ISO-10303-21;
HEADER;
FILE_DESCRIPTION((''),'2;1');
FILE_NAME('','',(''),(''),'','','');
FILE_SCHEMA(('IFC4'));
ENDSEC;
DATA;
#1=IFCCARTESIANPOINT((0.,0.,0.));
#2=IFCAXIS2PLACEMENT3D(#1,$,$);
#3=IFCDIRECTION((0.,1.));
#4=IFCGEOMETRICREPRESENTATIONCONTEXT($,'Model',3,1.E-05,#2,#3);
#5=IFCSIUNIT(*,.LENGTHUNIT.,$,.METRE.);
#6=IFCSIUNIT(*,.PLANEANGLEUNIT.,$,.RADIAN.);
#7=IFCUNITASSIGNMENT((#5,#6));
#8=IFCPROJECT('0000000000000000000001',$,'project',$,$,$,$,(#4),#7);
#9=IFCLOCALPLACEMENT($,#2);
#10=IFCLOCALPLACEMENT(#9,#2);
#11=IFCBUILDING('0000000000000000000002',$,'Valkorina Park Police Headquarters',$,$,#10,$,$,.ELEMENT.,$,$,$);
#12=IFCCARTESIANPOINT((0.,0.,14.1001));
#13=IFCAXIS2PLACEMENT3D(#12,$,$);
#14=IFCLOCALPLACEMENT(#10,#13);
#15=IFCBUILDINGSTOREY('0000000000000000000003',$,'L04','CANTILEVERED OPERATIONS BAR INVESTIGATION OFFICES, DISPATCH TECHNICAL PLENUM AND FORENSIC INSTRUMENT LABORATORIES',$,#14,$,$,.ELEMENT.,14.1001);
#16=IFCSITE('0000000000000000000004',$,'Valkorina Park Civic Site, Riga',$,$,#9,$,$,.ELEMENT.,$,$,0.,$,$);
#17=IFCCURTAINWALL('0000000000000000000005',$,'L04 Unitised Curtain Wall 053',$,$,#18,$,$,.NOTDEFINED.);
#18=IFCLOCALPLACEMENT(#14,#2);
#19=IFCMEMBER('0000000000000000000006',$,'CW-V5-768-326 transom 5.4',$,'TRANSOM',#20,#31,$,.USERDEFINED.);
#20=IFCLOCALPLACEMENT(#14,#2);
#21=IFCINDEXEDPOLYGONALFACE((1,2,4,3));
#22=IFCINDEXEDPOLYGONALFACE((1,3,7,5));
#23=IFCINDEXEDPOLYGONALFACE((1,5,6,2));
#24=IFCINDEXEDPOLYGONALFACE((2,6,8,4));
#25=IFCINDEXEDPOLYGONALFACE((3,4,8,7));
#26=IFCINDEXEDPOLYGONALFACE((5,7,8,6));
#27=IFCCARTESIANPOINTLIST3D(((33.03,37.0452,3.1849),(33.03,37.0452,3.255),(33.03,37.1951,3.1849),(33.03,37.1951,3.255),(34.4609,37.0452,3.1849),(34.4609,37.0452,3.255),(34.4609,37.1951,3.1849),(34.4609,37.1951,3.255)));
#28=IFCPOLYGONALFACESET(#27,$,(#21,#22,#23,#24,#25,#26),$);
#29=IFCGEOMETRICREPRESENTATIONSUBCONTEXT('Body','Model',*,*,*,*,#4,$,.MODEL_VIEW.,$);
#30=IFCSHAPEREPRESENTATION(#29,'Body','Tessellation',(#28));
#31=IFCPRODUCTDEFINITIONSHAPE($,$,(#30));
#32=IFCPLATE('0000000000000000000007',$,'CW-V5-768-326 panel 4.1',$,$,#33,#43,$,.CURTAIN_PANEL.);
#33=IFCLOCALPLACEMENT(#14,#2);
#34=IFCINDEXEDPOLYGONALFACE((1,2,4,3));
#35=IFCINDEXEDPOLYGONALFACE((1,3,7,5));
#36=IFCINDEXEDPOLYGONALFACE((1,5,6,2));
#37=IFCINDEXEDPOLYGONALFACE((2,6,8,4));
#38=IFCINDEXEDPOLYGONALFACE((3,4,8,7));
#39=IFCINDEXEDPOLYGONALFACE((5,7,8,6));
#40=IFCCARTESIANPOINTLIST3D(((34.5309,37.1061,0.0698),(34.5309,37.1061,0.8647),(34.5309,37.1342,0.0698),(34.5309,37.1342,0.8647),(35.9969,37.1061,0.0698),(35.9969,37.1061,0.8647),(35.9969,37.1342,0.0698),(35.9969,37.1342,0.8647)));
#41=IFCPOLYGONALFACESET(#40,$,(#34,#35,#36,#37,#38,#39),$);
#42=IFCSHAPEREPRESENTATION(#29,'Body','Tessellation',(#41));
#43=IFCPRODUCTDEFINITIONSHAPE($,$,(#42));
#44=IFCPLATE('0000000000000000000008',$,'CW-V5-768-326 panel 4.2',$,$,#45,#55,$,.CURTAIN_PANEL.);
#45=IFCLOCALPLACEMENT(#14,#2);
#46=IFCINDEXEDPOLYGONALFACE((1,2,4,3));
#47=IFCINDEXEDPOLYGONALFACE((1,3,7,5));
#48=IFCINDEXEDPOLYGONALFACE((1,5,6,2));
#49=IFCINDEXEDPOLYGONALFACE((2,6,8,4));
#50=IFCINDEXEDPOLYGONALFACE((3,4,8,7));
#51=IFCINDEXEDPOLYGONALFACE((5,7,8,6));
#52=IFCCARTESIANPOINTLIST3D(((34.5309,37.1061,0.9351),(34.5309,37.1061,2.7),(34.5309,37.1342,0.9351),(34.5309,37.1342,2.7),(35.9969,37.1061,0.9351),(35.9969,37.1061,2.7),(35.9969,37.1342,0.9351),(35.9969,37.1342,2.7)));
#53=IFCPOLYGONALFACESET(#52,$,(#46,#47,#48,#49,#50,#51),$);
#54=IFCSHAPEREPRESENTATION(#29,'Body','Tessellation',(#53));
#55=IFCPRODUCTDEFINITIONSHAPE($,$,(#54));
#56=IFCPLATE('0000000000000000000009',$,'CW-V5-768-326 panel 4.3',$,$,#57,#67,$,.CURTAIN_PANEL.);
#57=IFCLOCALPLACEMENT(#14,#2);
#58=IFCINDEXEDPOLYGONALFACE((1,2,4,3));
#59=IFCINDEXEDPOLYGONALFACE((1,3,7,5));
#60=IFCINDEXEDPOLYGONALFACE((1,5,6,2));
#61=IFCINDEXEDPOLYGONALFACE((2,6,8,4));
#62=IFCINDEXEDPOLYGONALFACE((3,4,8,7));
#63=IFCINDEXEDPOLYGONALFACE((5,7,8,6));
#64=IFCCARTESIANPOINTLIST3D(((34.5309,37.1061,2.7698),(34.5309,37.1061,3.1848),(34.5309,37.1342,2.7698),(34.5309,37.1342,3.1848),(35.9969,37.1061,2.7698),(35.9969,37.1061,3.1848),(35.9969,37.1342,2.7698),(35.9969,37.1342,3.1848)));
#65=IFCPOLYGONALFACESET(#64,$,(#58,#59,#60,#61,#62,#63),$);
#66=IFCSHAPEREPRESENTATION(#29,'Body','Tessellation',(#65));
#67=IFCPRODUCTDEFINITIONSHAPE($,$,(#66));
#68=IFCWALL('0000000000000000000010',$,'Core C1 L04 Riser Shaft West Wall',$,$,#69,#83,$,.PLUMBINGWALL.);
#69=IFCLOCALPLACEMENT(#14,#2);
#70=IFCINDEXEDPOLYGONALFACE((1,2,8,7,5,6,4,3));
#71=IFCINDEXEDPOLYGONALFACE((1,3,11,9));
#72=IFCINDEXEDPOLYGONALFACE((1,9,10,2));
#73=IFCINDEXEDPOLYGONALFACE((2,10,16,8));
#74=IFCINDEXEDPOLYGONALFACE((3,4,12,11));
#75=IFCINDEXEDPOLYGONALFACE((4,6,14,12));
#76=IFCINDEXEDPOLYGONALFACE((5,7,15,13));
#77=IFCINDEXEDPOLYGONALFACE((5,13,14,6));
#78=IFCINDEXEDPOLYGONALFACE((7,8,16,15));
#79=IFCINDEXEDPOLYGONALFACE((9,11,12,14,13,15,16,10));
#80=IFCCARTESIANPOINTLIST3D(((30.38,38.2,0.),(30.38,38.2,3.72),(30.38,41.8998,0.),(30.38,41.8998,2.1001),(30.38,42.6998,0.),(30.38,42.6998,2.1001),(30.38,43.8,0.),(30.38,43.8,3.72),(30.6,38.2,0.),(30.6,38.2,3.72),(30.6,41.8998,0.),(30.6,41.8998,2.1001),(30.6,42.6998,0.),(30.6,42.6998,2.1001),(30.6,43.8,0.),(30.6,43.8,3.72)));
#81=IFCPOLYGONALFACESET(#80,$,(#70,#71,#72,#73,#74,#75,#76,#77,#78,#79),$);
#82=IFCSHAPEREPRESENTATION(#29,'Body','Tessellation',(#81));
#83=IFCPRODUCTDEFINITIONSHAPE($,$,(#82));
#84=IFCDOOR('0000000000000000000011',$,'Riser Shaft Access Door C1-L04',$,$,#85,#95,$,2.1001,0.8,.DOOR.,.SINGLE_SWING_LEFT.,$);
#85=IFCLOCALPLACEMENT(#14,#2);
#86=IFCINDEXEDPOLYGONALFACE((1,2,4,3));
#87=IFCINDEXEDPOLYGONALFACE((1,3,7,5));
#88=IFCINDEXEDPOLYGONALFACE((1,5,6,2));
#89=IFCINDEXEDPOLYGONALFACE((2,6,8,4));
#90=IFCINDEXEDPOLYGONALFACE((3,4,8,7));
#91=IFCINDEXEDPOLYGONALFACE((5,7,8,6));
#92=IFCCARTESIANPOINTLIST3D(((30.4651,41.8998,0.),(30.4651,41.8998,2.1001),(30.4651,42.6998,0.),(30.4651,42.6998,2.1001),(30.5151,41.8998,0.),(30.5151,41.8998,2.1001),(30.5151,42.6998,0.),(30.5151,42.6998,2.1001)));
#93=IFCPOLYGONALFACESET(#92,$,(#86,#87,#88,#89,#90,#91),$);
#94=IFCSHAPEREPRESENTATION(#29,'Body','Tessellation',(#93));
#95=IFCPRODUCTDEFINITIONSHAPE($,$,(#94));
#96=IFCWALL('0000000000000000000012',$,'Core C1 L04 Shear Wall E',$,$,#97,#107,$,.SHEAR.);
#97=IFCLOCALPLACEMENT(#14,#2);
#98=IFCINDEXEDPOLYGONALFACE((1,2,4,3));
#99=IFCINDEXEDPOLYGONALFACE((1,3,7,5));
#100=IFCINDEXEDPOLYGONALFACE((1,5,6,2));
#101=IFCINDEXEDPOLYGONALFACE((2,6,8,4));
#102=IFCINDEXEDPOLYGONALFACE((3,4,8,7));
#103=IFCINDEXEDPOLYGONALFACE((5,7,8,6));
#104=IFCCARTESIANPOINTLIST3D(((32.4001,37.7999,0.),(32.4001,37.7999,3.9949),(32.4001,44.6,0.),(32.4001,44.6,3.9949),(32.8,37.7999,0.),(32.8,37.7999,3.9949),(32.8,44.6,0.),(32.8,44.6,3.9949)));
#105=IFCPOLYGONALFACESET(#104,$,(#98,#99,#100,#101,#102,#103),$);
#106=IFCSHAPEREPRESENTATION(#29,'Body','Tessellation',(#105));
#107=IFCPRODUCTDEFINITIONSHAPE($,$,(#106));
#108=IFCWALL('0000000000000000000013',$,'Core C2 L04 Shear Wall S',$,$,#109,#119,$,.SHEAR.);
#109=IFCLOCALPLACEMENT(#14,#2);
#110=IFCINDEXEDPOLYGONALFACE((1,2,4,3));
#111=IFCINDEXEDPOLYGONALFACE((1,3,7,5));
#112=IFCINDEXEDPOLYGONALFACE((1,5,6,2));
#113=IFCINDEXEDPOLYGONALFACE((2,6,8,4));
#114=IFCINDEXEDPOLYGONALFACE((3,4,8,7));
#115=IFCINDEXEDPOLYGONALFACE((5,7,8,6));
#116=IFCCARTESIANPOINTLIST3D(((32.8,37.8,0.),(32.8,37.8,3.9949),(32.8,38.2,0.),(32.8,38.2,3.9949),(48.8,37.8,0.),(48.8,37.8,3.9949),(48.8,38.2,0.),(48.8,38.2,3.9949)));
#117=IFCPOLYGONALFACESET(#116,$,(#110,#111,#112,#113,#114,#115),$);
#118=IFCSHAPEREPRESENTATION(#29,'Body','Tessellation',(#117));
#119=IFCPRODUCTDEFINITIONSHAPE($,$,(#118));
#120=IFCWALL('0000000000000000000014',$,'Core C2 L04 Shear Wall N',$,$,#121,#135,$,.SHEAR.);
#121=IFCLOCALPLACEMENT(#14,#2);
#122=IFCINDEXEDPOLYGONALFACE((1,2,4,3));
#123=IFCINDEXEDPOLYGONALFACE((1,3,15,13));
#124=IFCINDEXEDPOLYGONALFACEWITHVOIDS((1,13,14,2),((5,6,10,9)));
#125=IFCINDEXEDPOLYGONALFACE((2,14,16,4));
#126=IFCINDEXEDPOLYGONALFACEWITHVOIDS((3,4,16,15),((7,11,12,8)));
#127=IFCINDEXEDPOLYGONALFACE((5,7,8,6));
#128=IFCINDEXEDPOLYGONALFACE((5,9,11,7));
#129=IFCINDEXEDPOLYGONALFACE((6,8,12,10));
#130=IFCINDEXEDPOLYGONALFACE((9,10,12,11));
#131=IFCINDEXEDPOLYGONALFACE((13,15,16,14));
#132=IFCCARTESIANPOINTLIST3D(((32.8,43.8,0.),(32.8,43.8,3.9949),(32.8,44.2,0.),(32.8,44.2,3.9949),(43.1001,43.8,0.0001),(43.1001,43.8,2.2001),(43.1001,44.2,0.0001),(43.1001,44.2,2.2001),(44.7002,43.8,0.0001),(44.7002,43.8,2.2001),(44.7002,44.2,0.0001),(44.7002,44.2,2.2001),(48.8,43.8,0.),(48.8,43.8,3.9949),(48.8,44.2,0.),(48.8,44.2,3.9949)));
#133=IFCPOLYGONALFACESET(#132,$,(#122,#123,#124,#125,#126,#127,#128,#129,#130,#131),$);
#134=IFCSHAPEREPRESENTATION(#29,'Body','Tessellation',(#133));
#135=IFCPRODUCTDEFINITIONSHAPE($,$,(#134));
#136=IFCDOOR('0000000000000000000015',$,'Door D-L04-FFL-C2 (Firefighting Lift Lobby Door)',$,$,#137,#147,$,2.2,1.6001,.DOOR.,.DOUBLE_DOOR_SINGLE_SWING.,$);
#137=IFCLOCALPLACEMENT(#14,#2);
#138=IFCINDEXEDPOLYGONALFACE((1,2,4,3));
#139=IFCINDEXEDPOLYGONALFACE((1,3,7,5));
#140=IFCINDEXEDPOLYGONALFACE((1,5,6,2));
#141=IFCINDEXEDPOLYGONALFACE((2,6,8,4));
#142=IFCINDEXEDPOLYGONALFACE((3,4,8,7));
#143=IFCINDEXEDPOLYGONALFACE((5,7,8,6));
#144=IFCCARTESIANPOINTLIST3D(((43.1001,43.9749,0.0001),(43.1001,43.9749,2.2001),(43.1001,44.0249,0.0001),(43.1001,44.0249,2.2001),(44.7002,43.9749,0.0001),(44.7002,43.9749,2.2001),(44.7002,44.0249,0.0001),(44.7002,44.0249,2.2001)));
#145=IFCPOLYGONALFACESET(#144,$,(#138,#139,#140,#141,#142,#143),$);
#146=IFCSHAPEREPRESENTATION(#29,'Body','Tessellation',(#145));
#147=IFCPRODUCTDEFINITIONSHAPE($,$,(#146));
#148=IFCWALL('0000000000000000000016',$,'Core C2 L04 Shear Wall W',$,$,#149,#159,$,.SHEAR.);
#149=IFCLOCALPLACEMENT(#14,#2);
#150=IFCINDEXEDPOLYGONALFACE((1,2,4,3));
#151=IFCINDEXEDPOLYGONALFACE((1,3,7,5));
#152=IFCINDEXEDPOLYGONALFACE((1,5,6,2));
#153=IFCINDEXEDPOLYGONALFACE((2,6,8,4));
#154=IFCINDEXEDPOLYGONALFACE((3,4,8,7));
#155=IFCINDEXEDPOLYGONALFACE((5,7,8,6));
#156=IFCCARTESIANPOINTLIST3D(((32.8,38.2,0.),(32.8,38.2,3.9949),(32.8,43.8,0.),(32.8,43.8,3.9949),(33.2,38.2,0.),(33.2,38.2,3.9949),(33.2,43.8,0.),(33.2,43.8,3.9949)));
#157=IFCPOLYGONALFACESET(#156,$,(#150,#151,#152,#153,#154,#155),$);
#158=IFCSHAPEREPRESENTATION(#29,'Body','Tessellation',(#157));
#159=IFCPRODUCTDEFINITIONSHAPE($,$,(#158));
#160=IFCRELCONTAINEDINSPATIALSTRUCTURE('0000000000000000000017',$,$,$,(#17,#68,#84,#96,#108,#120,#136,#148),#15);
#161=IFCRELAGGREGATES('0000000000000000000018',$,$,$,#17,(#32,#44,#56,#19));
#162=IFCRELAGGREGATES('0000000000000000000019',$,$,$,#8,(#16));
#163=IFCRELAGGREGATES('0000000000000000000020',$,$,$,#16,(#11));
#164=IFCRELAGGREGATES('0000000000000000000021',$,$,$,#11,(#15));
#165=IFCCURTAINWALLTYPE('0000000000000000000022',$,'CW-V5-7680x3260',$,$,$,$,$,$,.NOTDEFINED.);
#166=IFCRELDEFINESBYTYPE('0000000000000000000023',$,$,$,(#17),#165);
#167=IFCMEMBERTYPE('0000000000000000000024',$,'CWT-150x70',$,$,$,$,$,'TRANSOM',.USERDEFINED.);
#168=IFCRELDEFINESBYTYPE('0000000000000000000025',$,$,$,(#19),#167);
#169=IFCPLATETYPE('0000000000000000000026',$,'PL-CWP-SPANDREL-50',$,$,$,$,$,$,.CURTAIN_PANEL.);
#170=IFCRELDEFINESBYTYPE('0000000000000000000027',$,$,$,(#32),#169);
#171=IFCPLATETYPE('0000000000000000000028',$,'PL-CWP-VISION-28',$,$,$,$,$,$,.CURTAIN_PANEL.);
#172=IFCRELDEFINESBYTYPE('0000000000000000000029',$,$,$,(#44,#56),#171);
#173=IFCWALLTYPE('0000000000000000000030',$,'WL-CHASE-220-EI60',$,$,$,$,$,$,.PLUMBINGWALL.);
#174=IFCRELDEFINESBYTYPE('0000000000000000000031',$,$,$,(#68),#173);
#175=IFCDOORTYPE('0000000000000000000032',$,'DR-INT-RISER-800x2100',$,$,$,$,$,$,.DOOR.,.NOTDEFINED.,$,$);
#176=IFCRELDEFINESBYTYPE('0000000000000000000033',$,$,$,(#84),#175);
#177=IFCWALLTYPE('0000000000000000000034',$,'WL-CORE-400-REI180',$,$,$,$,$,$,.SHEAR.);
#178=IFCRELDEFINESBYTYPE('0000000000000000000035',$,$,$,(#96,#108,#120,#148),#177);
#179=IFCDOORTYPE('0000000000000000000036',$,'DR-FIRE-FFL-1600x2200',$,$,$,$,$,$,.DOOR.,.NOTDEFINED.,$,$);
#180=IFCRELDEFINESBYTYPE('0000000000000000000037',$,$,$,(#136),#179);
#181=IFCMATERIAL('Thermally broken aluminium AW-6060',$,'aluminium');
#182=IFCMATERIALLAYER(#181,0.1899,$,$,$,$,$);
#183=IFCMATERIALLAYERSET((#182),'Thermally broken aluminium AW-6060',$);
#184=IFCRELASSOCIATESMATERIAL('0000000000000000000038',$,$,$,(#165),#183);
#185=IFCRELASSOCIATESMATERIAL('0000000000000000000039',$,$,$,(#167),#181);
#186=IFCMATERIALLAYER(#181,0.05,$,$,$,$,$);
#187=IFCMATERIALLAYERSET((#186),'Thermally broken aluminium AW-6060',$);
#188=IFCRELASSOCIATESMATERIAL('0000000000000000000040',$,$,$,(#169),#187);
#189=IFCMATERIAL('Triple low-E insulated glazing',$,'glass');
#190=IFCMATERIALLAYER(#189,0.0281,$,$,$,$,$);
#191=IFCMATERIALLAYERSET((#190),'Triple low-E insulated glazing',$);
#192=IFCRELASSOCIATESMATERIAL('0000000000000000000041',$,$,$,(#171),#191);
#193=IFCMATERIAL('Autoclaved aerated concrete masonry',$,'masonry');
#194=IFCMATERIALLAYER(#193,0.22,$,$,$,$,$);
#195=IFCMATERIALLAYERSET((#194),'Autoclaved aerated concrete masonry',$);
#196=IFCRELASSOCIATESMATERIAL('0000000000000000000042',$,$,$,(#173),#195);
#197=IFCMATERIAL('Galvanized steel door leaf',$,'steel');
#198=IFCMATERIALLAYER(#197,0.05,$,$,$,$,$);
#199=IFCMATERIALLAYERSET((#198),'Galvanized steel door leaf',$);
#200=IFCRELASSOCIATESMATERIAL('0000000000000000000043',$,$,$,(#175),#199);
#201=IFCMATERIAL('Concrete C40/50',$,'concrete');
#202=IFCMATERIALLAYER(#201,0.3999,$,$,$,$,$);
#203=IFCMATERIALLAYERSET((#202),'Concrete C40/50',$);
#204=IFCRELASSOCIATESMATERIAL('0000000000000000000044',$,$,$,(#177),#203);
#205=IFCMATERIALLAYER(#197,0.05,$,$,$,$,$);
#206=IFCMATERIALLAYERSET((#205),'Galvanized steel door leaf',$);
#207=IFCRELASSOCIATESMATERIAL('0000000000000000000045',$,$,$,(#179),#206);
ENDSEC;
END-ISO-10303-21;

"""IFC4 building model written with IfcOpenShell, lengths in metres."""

from ifc_helpers import new_model, si_unit, direction, frame, frame_2d, origin, origin_2d, place, context, subcontext, project, spatial, rectangle, extrude, material, layer, layer_set, material_profile, profile_set, type_object, element, fill, aggregate, save


model = new_model("IFC4")

# Units and contexts
model_context = context("Model", 3, precision=1e-05, world=origin(), true_north=direction((0.0, 1.0)))
body_context = subcontext(model_context, "Body", "Model", "MODEL_VIEW")
ifc_project = project(units=[si_unit("LENGTHUNIT", "METRE"), si_unit("PLANEANGLEUNIT", "RADIAN")], contexts=[model_context])

# Site, building, storey
site_placement = place(None, origin())
site = spatial("IfcSite", under=ifc_project, at=site_placement, Name="Valkorina Park Civic Site, Riga", CompositionType="ELEMENT", RefElevation=0.0)
building_placement = place(site_placement, origin())
building = spatial("IfcBuilding", under=site, at=building_placement, Name="Valkorina Park Police Headquarters", CompositionType="ELEMENT")
storey_placement = place(building_placement, frame((0.0, 0.0, 14.1001)))
storey = spatial("IfcBuildingStorey", under=building, at=storey_placement, Name="L04", Description="CANTILEVERED OPERATIONS BAR INVESTIGATION OFFICES, DISPATCH TECHNICAL PLENUM AND FORENSIC INSTRUMENT LABORATORIES", CompositionType="ELEMENT", Elevation=14.1001)

# Curtain wall, member, plates
ifc_material_1 = material(Name="Thermally broken aluminium AW-6060", Category="aluminium")
ifc_layer_1 = layer(ifc_material_1, 0.1899)
ifc_layer_set_1 = layer_set([ifc_layer_1], Name="Thermally broken aluminium AW-6060")
curtain_wall_type = type_object("IfcCurtainWallType", Name="CW-V5-7680x3260", PredefinedType="NOTDEFINED", material=ifc_layer_set_1)
curtain_wall_placement = place(storey_placement, origin())
curtain_wall = element("IfcCurtainWall", 1, at=curtain_wall_placement, inside=storey, type_object=curtain_wall_type, Name="L04 Unitised Curtain Wall 053", PredefinedType="NOTDEFINED")
ifc_material_profile_1 = material_profile(ifc_material_1, rectangle(XDim=0.1499, YDim=0.0701, at=origin_2d()), Name="CWT-02 150x70")
ifc_profile_set_1 = profile_set([ifc_material_profile_1], Name="Thermally broken aluminium AW-6060")
member_type_1 = type_object("IfcMemberType", Name="CWT-150x70", ElementType="TRANSOM", PredefinedType="USERDEFINED", material=ifc_profile_set_1)
member_1_placement = place(storey_placement, frame((34.4609, 37.1201, 3.22), z_axis=(-1.0, 0.0, 0.0), x_axis=(0.0, -1.0, 0.0)))
member_1 = element("IfcMember", 2, at=member_1_placement, type_object=member_type_1, Name="CW-V5-768-326 transom 5.4", ObjectType="TRANSOM", PredefinedType="USERDEFINED", context=body_context, shape_type="SweptSolid", body=[
    extrude(rectangle(XDim=0.1499, YDim=0.0701, at=origin_2d()), origin(), (0.0, 0.0, 1.0), 1.4309),
])
ifc_layer_2 = layer(ifc_material_1, 0.05)
ifc_layer_set_2 = layer_set([ifc_layer_2], Name="Thermally broken aluminium AW-6060")
plate_type_1 = type_object("IfcPlateType", Name="PL-CWP-SPANDREL-50", PredefinedType="CURTAIN_PANEL", material=ifc_layer_set_2)
plate_1_placement = place(storey_placement, frame((35.2639, 37.1201, 0.0698), z_axis=(0.0, 0.0, 1.0), x_axis=(-1.0, 0.0, 0.0)))
plate_1 = element("IfcPlate", 3, at=plate_1_placement, type_object=plate_type_1, Name="CW-V5-768-326 panel 4.1", PredefinedType="CURTAIN_PANEL", context=body_context, shape_type="SweptSolid", body=[
    extrude(rectangle(XDim=1.4661, YDim=0.0281, at=origin_2d()), origin(), (0.0, 0.0, 1.0), 0.7949),
])
ifc_material_2 = material(Name="Triple low-E insulated glazing", Category="glass")
ifc_layer_3 = layer(ifc_material_2, 0.0281)
ifc_layer_set_3 = layer_set([ifc_layer_3], Name="Triple low-E insulated glazing")
plate_type_2 = type_object("IfcPlateType", Name="PL-CWP-VISION-28", PredefinedType="CURTAIN_PANEL", material=ifc_layer_set_3)
plate_2_placement = place(storey_placement, frame((35.2639, 37.1201, 0.9351), z_axis=(0.0, 0.0, 1.0), x_axis=(-1.0, 0.0, 0.0)))
plate_2 = element("IfcPlate", 4, at=plate_2_placement, type_object=plate_type_2, Name="CW-V5-768-326 panel 4.2", PredefinedType="CURTAIN_PANEL", context=body_context, shape_type="SweptSolid", body=[
    extrude(rectangle(XDim=1.4661, YDim=0.0281, at=origin_2d()), origin(), (0.0, 0.0, 1.0), 1.7649),
])
plate_3_placement = place(storey_placement, frame((35.2639, 37.1201, 2.7698), z_axis=(0.0, 0.0, 1.0), x_axis=(-1.0, 0.0, 0.0)))
plate_3 = element("IfcPlate", 5, at=plate_3_placement, type_object=plate_type_2, Name="CW-V5-768-326 panel 4.3", PredefinedType="CURTAIN_PANEL", context=body_context, shape_type="SweptSolid", body=[
    extrude(rectangle(XDim=1.4661, YDim=0.0281, at=origin_2d()), origin(), (0.0, 0.0, 1.0), 0.415),
])
aggregate(curtain_wall, [plate_1, plate_2, plate_3, member_1])

# Wall, opening, door
ifc_material_3 = material(Name="Autoclaved aerated concrete masonry", Category="masonry")
ifc_layer_4 = layer(ifc_material_3, 0.22)
ifc_layer_set_4 = layer_set([ifc_layer_4], Name="Autoclaved aerated concrete masonry")
wall_type_1 = type_object("IfcWallType", Name="WL-CHASE-220-EI60", PredefinedType="PLUMBINGWALL", material=ifc_layer_set_4)
wall_1_placement = place(storey_placement, frame((30.49, 38.2, 0.0), z_axis=(0.0, 0.0, 1.0), x_axis=(0.0, 1.0, 0.0)))
wall_1 = element("IfcWall", 6, at=wall_1_placement, inside=storey, type_object=wall_type_1, Name="Core C1 L04 Riser Shaft West Wall", PredefinedType="PLUMBINGWALL", context=body_context, shape_type="SweptSolid", body=[
    extrude(rectangle(XDim=5.6001, YDim=0.22, at=frame_2d((2.8, 0.0))), origin(), (0.0, 0.0, 1.0), 3.72),
])
opening_1_placement = place(wall_1_placement, frame((3.7, 0.0, 0.0)))
opening_1 = element("IfcOpeningElement", 7, at=opening_1_placement, cuts=wall_1, PredefinedType="OPENING", context=body_context, shape_type="SweptSolid", body=[
    extrude(rectangle(XDim=0.8, YDim=2.1001, at=frame_2d((0.3999, 1.05))), frame((0.0, 0.1201, 0.0), z_axis=(0.0, -1.0, 0.0), x_axis=(1.0, 0.0, 0.0)), (0.0, 0.0, 1.0), 0.24),
])
ifc_material_4 = material(Name="Galvanized steel door leaf", Category="steel")
ifc_layer_5 = layer(ifc_material_4, 0.05)
ifc_layer_set_5 = layer_set([ifc_layer_5], Name="Galvanized steel door leaf")
door_type_1 = type_object("IfcDoorType", Name="DR-INT-RISER-800x2100", OperationType="NOTDEFINED", PredefinedType="DOOR", material=ifc_layer_set_5)
door_1_placement = place(opening_1_placement, origin())
door_1 = element("IfcDoor", 8, at=door_1_placement, inside=storey, type_object=door_type_1, Name="Riser Shaft Access Door C1-L04", OperationType="SINGLE_SWING_LEFT", OverallHeight=2.1001, OverallWidth=0.8, PredefinedType="DOOR", context=body_context, shape_type="SweptSolid", body=[
    extrude(rectangle(XDim=0.8, YDim=2.1001, at=frame_2d((0.3999, 1.05))), frame((0.0, 0.0249, 0.0), z_axis=(0.0, -1.0, 0.0), x_axis=(1.0, 0.0, 0.0)), (0.0, 0.0, 1.0), 0.05),
])
fill(opening_1, door_1)

# Walls
ifc_material_5 = material(Name="Concrete C40/50", Category="concrete")
ifc_layer_6 = layer(ifc_material_5, 0.3999)
ifc_layer_set_6 = layer_set([ifc_layer_6], Name="Concrete C40/50")
wall_type_2 = type_object("IfcWallType", Name="WL-CORE-400-REI180", PredefinedType="SHEAR", material=ifc_layer_set_6)
wall_2_placement = place(storey_placement, frame((32.6001, 37.8, 0.0), z_axis=(0.0, 0.0, 1.0), x_axis=(0.0, 1.0, 0.0)))
element("IfcWall", 9, at=wall_2_placement, inside=storey, type_object=wall_type_2, Name="Core C1 L04 Shear Wall E", PredefinedType="SHEAR", context=body_context, shape_type="SweptSolid", body=[
    extrude(rectangle(XDim=6.8, YDim=0.3999, at=frame_2d((3.3999, 0.0))), origin(), (0.0, 0.0, 1.0), 3.9949),
])
wall_3_placement = place(storey_placement, frame((32.8, 38.0, 0.0), z_axis=(0.0, 0.0, 1.0), x_axis=(1.0, 0.0, 0.0)))
element("IfcWall", 10, at=wall_3_placement, inside=storey, type_object=wall_type_2, Name="Core C2 L04 Shear Wall S", PredefinedType="SHEAR", context=body_context, shape_type="SweptSolid", body=[
    extrude(rectangle(XDim=16.0, YDim=0.3999, at=frame_2d((8.0, 0.0))), origin(), (0.0, 0.0, 1.0), 3.9949),
])

# Wall, opening, door
wall_4_placement = place(storey_placement, frame((32.8, 44.0, 0.0), z_axis=(0.0, 0.0, 1.0), x_axis=(1.0, 0.0, 0.0)))
wall_4 = element("IfcWall", 11, at=wall_4_placement, inside=storey, type_object=wall_type_2, Name="Core C2 L04 Shear Wall N", PredefinedType="SHEAR", context=body_context, shape_type="SweptSolid", body=[
    extrude(rectangle(XDim=16.0, YDim=0.3999, at=frame_2d((8.0, 0.0))), origin(), (0.0, 0.0, 1.0), 3.9949),
])
opening_2_placement = place(wall_4_placement, frame((10.3, 0.0, 0.0)))
opening_2 = element("IfcOpeningElement", 12, at=opening_2_placement, cuts=wall_4, PredefinedType="OPENING", context=body_context, shape_type="SweptSolid", body=[
    extrude(rectangle(XDim=1.6001, YDim=2.2, at=frame_2d((0.8, 1.1001))), frame((0.0, 0.21, 0.0), z_axis=(0.0, -1.0, 0.0), x_axis=(1.0, 0.0, 0.0)), (0.0, 0.0, 1.0), 0.4199),
])
ifc_layer_7 = layer(ifc_material_4, 0.05)
ifc_layer_set_7 = layer_set([ifc_layer_7], Name="Galvanized steel door leaf")
door_type_2 = type_object("IfcDoorType", Name="DR-FIRE-FFL-1600x2200", OperationType="NOTDEFINED", PredefinedType="DOOR", material=ifc_layer_set_7)
door_2_placement = place(opening_2_placement, origin())
door_2 = element("IfcDoor", 13, at=door_2_placement, inside=storey, type_object=door_type_2, Name="Door D-L04-FFL-C2 (Firefighting Lift Lobby Door)", OperationType="DOUBLE_DOOR_SINGLE_SWING", OverallHeight=2.2, OverallWidth=1.6001, PredefinedType="DOOR", context=body_context, shape_type="SweptSolid", body=[
    extrude(rectangle(XDim=1.6001, YDim=2.2, at=frame_2d((0.8, 1.1001))), frame((0.0, 0.0249, 0.0), z_axis=(0.0, -1.0, 0.0), x_axis=(1.0, 0.0, 0.0)), (0.0, 0.0, 1.0), 0.05),
])
fill(opening_2, door_2)

# Wall
wall_5_placement = place(storey_placement, frame((33.0, 38.2, 0.0), z_axis=(0.0, 0.0, 1.0), x_axis=(0.0, 1.0, 0.0)))
element("IfcWall", 14, at=wall_5_placement, inside=storey, type_object=wall_type_2, Name="Core C2 L04 Shear Wall W", PredefinedType="SHEAR", context=body_context, shape_type="SweptSolid", body=[
    extrude(rectangle(XDim=5.6001, YDim=0.3999, at=frame_2d((2.8, 0.0))), origin(), (0.0, 0.0, 1.0), 3.9949),
])

save(model, "model.ifc")
